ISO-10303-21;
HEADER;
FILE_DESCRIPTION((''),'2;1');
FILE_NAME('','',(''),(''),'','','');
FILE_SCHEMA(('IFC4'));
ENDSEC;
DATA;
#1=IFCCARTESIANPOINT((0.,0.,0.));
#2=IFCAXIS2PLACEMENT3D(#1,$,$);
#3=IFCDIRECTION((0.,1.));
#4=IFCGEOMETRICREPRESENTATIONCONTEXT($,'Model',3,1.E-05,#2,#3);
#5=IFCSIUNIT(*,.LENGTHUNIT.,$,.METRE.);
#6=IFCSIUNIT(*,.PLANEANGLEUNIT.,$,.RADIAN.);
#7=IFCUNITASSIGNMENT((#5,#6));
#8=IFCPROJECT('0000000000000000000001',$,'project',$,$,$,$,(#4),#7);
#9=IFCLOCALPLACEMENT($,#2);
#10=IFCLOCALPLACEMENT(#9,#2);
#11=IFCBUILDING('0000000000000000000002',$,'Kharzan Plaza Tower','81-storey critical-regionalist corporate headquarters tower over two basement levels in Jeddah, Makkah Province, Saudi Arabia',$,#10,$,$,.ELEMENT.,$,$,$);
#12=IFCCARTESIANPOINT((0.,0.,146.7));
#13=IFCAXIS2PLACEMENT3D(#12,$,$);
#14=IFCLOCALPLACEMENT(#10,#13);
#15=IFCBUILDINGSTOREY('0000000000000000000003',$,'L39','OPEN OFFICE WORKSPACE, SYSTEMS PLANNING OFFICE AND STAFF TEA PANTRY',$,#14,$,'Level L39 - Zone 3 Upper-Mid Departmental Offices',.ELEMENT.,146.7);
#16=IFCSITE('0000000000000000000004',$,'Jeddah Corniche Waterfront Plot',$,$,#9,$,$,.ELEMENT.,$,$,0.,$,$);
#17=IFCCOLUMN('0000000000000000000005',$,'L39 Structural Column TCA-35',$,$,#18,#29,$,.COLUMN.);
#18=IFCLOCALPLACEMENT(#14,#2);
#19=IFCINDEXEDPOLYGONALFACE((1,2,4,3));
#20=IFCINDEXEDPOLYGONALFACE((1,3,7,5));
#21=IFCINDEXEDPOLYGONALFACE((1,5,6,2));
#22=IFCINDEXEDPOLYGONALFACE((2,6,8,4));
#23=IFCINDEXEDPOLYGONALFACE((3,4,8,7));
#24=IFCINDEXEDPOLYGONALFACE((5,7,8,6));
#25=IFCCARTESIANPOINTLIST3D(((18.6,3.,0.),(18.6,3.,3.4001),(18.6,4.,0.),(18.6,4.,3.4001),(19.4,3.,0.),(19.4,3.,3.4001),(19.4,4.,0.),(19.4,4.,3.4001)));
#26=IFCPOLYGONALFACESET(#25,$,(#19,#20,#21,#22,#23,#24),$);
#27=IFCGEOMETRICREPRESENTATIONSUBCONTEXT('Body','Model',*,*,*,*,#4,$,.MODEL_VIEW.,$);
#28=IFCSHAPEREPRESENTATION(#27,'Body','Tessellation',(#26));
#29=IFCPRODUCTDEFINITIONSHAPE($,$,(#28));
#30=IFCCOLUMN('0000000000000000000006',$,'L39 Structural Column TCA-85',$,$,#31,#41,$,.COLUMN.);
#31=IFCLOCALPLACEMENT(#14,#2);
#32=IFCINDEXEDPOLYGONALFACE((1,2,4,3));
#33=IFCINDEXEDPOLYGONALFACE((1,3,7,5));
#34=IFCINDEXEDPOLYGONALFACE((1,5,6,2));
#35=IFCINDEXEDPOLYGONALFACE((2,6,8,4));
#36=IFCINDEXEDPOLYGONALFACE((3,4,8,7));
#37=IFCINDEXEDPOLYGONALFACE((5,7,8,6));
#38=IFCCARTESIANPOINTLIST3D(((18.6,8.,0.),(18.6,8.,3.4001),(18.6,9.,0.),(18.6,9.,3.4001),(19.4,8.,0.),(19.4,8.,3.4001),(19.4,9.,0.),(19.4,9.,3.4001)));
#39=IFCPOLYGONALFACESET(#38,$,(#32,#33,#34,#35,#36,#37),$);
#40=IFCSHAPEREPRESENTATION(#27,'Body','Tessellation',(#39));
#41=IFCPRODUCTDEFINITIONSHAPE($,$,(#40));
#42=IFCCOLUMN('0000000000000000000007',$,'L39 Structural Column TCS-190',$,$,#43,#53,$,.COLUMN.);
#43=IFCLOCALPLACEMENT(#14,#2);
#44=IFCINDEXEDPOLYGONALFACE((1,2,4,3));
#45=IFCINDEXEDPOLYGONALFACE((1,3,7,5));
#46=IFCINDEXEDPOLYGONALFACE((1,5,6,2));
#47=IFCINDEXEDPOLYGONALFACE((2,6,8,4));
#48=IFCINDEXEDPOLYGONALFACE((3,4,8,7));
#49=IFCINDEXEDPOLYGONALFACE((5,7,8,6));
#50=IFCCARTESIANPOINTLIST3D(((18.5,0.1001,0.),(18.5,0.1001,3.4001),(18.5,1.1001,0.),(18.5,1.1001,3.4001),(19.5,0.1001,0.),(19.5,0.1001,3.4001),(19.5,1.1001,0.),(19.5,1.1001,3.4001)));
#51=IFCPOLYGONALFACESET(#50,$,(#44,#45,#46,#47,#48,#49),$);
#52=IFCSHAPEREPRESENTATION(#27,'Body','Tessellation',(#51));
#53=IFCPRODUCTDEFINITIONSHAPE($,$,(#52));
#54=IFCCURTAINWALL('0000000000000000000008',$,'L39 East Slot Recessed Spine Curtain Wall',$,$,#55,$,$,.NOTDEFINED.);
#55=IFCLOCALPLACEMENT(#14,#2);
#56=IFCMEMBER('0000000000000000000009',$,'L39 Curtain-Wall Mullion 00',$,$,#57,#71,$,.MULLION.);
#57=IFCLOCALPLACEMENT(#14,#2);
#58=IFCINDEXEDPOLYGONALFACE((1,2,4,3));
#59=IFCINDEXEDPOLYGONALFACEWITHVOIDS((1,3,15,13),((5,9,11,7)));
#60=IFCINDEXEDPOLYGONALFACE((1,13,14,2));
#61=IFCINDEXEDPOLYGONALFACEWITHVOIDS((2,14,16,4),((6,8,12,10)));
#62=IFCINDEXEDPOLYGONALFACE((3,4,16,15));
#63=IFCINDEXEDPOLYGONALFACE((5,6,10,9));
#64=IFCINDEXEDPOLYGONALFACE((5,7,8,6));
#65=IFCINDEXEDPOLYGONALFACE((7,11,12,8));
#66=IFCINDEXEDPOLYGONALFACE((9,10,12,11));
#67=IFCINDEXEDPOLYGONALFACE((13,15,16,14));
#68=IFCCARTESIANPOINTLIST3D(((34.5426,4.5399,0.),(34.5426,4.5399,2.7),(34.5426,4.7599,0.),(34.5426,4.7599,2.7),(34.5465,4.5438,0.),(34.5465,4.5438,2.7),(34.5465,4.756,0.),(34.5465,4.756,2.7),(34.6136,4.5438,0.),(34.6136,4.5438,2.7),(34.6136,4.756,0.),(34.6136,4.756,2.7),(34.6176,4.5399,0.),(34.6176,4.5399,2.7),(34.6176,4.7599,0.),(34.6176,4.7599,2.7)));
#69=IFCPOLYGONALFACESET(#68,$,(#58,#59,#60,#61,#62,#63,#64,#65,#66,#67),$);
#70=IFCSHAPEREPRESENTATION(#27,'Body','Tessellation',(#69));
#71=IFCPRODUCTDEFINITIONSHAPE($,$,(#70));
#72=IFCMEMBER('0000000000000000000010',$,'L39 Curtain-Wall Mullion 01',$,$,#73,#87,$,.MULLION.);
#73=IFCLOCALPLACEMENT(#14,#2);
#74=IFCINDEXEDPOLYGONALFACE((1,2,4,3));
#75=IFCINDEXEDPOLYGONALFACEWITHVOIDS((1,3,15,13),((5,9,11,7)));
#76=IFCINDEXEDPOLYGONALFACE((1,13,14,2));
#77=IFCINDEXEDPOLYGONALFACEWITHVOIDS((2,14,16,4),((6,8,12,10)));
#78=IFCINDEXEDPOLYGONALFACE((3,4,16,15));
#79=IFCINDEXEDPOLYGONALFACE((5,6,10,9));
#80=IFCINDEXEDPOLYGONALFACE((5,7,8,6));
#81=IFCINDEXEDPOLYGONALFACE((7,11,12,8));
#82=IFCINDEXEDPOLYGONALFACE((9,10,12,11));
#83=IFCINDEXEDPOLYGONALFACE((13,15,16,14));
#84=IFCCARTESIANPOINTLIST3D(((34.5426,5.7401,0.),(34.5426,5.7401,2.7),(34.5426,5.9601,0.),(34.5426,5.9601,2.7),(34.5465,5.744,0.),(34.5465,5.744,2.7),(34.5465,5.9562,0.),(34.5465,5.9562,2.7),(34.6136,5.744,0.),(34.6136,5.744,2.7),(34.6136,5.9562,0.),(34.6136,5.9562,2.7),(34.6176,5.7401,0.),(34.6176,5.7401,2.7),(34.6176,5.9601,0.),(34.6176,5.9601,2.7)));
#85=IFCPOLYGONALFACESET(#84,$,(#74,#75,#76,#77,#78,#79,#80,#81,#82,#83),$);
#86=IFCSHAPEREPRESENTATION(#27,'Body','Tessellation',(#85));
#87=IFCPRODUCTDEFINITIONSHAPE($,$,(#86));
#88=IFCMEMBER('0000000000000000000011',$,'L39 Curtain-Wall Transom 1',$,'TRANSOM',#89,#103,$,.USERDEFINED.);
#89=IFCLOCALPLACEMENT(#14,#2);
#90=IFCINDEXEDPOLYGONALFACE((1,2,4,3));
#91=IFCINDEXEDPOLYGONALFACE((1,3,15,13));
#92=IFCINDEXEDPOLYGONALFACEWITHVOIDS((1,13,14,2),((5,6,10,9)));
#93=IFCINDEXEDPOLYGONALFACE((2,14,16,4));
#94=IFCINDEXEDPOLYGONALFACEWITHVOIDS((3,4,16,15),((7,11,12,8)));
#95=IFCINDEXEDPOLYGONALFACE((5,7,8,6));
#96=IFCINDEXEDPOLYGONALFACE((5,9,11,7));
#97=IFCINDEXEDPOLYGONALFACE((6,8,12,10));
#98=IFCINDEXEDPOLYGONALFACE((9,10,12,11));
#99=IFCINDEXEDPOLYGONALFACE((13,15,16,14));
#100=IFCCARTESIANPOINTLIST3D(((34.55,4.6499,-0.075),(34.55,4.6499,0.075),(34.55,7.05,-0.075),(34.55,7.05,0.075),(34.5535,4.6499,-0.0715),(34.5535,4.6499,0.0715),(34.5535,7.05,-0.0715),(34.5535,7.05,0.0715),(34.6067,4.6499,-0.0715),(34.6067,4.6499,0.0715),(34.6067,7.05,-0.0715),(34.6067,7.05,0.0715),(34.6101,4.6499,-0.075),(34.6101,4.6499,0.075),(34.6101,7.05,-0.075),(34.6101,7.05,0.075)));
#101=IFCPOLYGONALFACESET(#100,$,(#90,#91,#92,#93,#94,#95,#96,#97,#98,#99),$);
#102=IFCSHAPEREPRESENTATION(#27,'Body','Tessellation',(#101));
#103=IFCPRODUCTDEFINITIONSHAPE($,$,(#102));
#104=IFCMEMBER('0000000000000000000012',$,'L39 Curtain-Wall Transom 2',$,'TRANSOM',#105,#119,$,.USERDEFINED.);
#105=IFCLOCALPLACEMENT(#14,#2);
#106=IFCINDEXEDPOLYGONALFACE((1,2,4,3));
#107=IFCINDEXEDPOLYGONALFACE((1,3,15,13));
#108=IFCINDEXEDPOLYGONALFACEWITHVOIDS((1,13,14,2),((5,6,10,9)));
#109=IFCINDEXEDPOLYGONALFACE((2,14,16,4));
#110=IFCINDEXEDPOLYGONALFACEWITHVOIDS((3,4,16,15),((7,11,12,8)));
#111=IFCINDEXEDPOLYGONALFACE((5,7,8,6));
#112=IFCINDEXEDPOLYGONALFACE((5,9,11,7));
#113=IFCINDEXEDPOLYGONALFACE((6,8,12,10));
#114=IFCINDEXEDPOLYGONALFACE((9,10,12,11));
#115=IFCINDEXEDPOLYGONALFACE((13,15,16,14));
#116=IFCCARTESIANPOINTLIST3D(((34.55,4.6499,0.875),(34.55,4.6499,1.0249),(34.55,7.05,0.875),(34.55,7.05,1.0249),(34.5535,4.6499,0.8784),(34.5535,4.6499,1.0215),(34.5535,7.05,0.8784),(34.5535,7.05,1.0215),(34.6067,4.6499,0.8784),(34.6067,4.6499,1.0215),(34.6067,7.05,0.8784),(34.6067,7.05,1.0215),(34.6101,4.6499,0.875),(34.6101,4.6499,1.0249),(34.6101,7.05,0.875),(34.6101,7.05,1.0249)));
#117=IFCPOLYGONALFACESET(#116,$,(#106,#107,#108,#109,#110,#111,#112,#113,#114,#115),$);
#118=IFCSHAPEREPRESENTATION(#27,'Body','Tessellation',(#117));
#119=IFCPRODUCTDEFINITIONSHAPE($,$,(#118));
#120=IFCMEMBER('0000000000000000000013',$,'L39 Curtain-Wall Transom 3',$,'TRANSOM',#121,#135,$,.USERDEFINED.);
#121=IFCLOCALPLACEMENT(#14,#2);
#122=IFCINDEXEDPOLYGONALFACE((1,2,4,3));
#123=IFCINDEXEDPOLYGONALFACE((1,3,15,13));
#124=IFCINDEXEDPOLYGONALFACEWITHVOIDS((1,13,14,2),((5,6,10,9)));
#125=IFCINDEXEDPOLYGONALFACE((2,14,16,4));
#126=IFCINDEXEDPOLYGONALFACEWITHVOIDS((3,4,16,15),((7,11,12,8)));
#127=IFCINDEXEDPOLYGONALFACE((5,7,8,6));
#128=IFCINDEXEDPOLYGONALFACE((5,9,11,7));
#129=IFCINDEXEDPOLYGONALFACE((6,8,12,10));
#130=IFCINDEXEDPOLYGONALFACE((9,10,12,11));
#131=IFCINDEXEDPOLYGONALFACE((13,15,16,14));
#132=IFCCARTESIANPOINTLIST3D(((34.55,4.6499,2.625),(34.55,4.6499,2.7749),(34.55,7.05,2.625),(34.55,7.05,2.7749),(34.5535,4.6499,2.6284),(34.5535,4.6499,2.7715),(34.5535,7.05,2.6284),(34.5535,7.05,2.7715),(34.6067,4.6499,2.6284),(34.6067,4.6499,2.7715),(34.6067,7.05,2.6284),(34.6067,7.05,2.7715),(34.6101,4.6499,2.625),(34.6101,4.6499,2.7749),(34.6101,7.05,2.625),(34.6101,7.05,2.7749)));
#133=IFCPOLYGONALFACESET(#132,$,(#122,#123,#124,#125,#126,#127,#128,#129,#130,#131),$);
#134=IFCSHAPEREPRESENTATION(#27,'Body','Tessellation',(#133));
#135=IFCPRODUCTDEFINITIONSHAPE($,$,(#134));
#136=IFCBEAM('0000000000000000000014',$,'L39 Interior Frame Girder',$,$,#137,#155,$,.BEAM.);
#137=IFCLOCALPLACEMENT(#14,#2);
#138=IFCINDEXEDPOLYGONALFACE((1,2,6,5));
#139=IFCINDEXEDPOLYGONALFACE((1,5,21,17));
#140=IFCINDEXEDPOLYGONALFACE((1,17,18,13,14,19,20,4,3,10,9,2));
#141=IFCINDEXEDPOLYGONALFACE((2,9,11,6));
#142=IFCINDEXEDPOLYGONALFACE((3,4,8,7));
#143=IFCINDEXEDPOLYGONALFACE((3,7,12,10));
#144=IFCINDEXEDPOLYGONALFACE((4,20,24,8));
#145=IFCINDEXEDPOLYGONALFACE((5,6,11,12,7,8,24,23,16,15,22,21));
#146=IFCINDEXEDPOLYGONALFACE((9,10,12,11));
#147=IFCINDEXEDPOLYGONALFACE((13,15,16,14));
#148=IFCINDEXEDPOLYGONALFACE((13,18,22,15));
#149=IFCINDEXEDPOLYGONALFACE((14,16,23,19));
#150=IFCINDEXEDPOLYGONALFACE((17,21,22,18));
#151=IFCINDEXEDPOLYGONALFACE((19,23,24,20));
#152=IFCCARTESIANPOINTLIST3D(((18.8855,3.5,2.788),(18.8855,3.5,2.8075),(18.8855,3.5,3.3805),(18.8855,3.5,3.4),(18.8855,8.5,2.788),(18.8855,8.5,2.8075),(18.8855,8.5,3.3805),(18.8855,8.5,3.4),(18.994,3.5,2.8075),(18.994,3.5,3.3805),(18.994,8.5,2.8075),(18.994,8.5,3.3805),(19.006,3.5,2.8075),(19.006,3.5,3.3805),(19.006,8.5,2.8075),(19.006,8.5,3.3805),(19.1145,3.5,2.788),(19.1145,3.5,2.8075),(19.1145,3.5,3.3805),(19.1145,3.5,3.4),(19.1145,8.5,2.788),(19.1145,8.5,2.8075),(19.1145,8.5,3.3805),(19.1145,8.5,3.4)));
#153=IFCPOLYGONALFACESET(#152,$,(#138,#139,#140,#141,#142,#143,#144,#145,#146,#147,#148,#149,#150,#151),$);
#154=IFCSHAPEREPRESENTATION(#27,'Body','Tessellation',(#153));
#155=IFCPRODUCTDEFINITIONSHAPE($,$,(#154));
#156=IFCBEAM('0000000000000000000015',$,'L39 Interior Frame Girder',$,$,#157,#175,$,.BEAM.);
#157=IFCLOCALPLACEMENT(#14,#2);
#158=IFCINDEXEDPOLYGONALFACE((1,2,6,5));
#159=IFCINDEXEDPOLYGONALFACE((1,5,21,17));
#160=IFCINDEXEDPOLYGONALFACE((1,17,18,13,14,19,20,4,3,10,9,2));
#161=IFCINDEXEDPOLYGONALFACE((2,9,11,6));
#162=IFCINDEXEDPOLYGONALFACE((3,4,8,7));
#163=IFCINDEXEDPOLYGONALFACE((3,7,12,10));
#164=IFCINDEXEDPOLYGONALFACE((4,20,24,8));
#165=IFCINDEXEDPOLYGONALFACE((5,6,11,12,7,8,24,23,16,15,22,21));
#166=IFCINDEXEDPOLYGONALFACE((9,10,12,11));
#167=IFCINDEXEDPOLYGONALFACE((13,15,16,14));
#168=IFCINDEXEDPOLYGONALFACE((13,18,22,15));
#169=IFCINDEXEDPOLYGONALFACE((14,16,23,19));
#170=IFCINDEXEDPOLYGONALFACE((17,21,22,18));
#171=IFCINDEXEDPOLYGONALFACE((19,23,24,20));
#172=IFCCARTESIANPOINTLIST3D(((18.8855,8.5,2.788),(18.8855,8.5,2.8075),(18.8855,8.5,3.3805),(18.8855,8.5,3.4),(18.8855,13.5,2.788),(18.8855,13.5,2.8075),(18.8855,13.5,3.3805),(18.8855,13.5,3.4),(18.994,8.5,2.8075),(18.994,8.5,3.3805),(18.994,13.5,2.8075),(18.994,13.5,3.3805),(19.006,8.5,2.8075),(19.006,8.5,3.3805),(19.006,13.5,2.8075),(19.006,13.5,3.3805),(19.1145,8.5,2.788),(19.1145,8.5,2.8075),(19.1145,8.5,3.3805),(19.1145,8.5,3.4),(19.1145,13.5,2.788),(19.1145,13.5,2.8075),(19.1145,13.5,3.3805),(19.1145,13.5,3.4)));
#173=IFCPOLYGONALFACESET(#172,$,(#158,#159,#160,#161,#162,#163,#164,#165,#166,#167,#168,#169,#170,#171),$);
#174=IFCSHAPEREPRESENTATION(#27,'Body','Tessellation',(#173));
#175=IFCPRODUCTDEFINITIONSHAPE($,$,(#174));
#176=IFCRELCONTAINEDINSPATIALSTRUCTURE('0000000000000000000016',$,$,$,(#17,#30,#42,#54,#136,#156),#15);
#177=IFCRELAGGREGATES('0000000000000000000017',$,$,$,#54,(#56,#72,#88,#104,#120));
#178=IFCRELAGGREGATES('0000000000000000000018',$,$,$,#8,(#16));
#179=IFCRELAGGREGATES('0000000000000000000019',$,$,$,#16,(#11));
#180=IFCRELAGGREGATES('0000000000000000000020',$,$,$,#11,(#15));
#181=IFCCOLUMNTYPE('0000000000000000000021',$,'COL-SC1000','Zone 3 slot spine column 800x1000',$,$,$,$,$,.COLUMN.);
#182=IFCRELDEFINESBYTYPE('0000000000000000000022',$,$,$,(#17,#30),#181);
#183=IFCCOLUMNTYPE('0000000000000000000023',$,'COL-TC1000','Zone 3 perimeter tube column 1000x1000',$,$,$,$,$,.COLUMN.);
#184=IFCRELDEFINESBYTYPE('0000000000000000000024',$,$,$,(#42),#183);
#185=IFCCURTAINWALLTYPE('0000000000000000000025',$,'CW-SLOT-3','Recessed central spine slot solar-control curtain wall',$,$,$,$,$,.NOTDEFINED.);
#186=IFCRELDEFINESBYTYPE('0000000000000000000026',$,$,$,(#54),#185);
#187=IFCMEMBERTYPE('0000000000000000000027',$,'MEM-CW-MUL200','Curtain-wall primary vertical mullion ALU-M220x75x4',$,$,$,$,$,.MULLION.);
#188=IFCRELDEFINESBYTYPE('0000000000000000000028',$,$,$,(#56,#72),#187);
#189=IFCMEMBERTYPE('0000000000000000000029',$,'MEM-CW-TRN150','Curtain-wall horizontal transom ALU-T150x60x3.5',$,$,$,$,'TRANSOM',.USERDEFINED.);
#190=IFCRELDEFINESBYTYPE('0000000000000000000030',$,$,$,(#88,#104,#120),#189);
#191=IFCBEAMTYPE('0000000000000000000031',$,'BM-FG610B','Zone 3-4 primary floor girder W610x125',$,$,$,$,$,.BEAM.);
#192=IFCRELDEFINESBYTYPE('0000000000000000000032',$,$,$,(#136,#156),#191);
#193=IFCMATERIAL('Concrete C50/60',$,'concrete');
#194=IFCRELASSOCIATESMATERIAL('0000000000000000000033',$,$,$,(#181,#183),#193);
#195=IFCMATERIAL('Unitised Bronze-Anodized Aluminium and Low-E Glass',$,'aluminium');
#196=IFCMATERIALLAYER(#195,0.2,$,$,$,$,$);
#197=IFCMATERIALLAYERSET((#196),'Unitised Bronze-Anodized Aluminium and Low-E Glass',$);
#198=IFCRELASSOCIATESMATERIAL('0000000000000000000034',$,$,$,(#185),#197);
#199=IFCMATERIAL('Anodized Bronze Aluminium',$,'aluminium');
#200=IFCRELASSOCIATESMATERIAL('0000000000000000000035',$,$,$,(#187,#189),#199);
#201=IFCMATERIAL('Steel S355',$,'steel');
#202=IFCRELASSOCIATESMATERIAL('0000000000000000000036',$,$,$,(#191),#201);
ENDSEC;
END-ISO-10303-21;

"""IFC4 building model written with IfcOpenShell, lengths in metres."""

from ifc_helpers import new_model, si_unit, direction, frame, origin, origin_2d, place, context, subcontext, project, spatial, rectangle, hollow_rectangle, i_section, extrude, source, transform, mapped, material, layer, layer_set, material_profile, profile_set, type_object, element, aggregate, save


model = new_model("IFC4")

# Units and contexts
model_context = context("Model", 3, precision=1e-05, world=origin(), true_north=direction((0.0, 1.0)))
body_context = subcontext(model_context, "Body", "Model", "MODEL_VIEW")
ifc_project = project(units=[si_unit("LENGTHUNIT", "METRE"), si_unit("PLANEANGLEUNIT", "RADIAN")], contexts=[model_context])

# Site, building, storey
site_placement = place(None, origin())
site = spatial("IfcSite", under=ifc_project, at=site_placement, Name="Jeddah Corniche Waterfront Plot", CompositionType="ELEMENT", RefElevation=0.0)
building_placement = place(site_placement, origin())
building = spatial("IfcBuilding", under=site, at=building_placement, Name="Kharzan Plaza Tower", Description="81-storey critical-regionalist corporate headquarters tower over two basement levels in Jeddah, Makkah Province, Saudi Arabia", CompositionType="ELEMENT")
storey_placement = place(building_placement, frame((0.0, 0.0, 146.7)))
storey = spatial("IfcBuildingStorey", under=building, at=storey_placement, Name="L39", Description="OPEN OFFICE WORKSPACE, SYSTEMS PLANNING OFFICE AND STAFF TEA PANTRY", LongName="Level L39 - Zone 3 Upper-Mid Departmental Offices", CompositionType="ELEMENT", Elevation=146.7)

# Columns
ifc_material_1 = material(Name="Concrete C50/60", Category="concrete")
ifc_material_profile_1 = material_profile(ifc_material_1, rectangle(XDim=0.8, YDim=1.0, at=origin_2d()), Name="RC-SC1000x800")
ifc_profile_set_1 = profile_set([ifc_material_profile_1], Name="Concrete C50/60")
column_type_1 = type_object("IfcColumnType", Name="COL-SC1000", Description="Zone 3 slot spine column 800x1000", PredefinedType="COLUMN", material=ifc_profile_set_1)
shared_shape_1 = source(origin(), body_context, "Body", "SweptSolid", [
    extrude(rectangle(XDim=0.8, YDim=1.0, at=origin_2d()), origin(), (0.0, 0.0, 1.0), 3.4001),
])
for number, where, z_axis, x_axis, name in (
    (1, (19.0, 3.5, 0.0), (0.0, 0.0, 1.0), (1.0, 0.0, 0.0), "L39 Structural Column TCA-35"),
    (2, (19.0, 8.5, 0.0), (0.0, 0.0, 1.0), (1.0, 0.0, 0.0), "L39 Structural Column TCA-85"),
):
    element("IfcColumn", number, at=place(storey_placement, frame(where, z_axis=z_axis, x_axis=x_axis)), inside=storey, type_object=column_type_1, Name=name, PredefinedType="COLUMN", context=body_context, shape_type="MappedRepresentation", body=[
        mapped(shared_shape_1, transform((0.0, 0.0, 0.0), x_axis=(1.0, 0.0, 0.0), y_axis=(0.0, 1.0, 0.0), z_axis=(0.0, 0.0, 1.0))),
    ])
ifc_material_profile_2 = material_profile(ifc_material_1, rectangle(XDim=1.0, YDim=1.0, at=origin_2d()), Name="RC-TC1000x1000")
ifc_profile_set_2 = profile_set([ifc_material_profile_2], Name="Concrete C50/60")
column_type_2 = type_object("IfcColumnType", Name="COL-TC1000", Description="Zone 3 perimeter tube column 1000x1000", PredefinedType="COLUMN", material=ifc_profile_set_2)
shared_shape_2 = source(origin(), body_context, "Body", "SweptSolid", [
    extrude(rectangle(XDim=1.0, YDim=1.0, at=origin_2d()), origin(), (0.0, 0.0, 1.0), 3.4001),
])
column_placement = place(storey_placement, frame((19.0, 0.6001, 0.0), z_axis=(0.0, 0.0, 1.0), x_axis=(1.0, 0.0, 0.0)))
element("IfcColumn", 3, at=column_placement, inside=storey, type_object=column_type_2, Name="L39 Structural Column TCS-190", PredefinedType="COLUMN", context=body_context, shape_type="MappedRepresentation", body=[
    mapped(shared_shape_2, transform((0.0, 0.0, 0.0), x_axis=(1.0, 0.0, 0.0), y_axis=(0.0, 1.0, 0.0), z_axis=(0.0, 0.0, 1.0))),
])

# Curtain wall, members
ifc_material_2 = material(Name="Unitised Bronze-Anodized Aluminium and Low-E Glass", Category="aluminium")
ifc_layer_1 = layer(ifc_material_2, 0.2)
ifc_layer_set_1 = layer_set([ifc_layer_1], Name="Unitised Bronze-Anodized Aluminium and Low-E Glass")
curtain_wall_type = type_object("IfcCurtainWallType", Name="CW-SLOT-3", Description="Recessed central spine slot solar-control curtain wall", PredefinedType="NOTDEFINED", material=ifc_layer_set_1)
curtain_wall_placement = place(storey_placement, origin())
curtain_wall = element("IfcCurtainWall", 4, at=curtain_wall_placement, inside=storey, type_object=curtain_wall_type, Name="L39 East Slot Recessed Spine Curtain Wall", PredefinedType="NOTDEFINED")
ifc_material_3 = material(Name="Anodized Bronze Aluminium", Category="aluminium")
ifc_material_profile_3 = material_profile(ifc_material_3, hollow_rectangle(XDim=0.075, YDim=0.22, WallThickness=0.0039, at=origin_2d()), Name="ALU-M220x75x4")
ifc_profile_set_3 = profile_set([ifc_material_profile_3], Name="Anodized Bronze Aluminium")
member_type_1 = type_object("IfcMemberType", Name="MEM-CW-MUL200", Description="Curtain-wall primary vertical mullion ALU-M220x75x4", PredefinedType="MULLION", material=ifc_profile_set_3)
shared_shape_3 = source(origin(), body_context, "Body", "SweptSolid", [
    extrude(hollow_rectangle(XDim=0.075, YDim=0.22, WallThickness=0.0039, at=origin_2d()), origin(), (0.0, 0.0, 1.0), 2.7),
])
member_1_placement = place(storey_placement, frame((34.5801, 4.6499, 0.0), z_axis=(0.0, 0.0, 1.0), x_axis=(1.0, 0.0, 0.0)))
member_1 = element("IfcMember", 5, at=member_1_placement, type_object=member_type_1, Name="L39 Curtain-Wall Mullion 00", PredefinedType="MULLION", context=body_context, shape_type="MappedRepresentation", body=[
    mapped(shared_shape_3, transform((0.0, 0.0, 0.0), x_axis=(1.0, 0.0, 0.0), y_axis=(0.0, 1.0, 0.0), z_axis=(0.0, 0.0, 1.0))),
])
member_2_placement = place(storey_placement, frame((34.5801, 5.8501, 0.0), z_axis=(0.0, 0.0, 1.0), x_axis=(1.0, 0.0, 0.0)))
member_2 = element("IfcMember", 6, at=member_2_placement, type_object=member_type_1, Name="L39 Curtain-Wall Mullion 01", PredefinedType="MULLION", context=body_context, shape_type="MappedRepresentation", body=[
    mapped(shared_shape_3, transform((0.0, 0.0, 0.0), x_axis=(1.0, 0.0, 0.0), y_axis=(0.0, 1.0, 0.0), z_axis=(0.0, 0.0, 1.0))),
])
ifc_material_profile_4 = material_profile(ifc_material_3, hollow_rectangle(XDim=0.0601, YDim=0.1499, WallThickness=0.0034, at=origin_2d()), Name="ALU-T150x60x3.5")
ifc_profile_set_4 = profile_set([ifc_material_profile_4], Name="Anodized Bronze Aluminium")
member_type_2 = type_object("IfcMemberType", Name="MEM-CW-TRN150", Description="Curtain-wall horizontal transom ALU-T150x60x3.5", ElementType="TRANSOM", PredefinedType="USERDEFINED", material=ifc_profile_set_4)
shared_shape_4 = source(origin(), body_context, "Body", "SweptSolid", [
    extrude(hollow_rectangle(XDim=0.0601, YDim=0.1499, WallThickness=0.0034, at=origin_2d()), origin(), (0.0, 0.0, 1.0), 2.4001),
])
member_3_placement = place(storey_placement, frame((34.5801, 4.6499, 0.0), z_axis=(0.0, 1.0, 0.0), x_axis=(-1.0, 0.0, 0.0)))
member_3 = element("IfcMember", 7, at=member_3_placement, type_object=member_type_2, Name="L39 Curtain-Wall Transom 1", ObjectType="TRANSOM", PredefinedType="USERDEFINED", context=body_context, shape_type="MappedRepresentation", body=[
    mapped(shared_shape_4, transform((0.0, 0.0, 0.0), x_axis=(1.0, 0.0, 0.0), y_axis=(0.0, 1.0, 0.0), z_axis=(0.0, 0.0, 1.0))),
])
member_4_placement = place(storey_placement, frame((34.5801, 4.6499, 0.95), z_axis=(0.0, 1.0, 0.0), x_axis=(-1.0, 0.0, 0.0)))
member_4 = element("IfcMember", 8, at=member_4_placement, type_object=member_type_2, Name="L39 Curtain-Wall Transom 2", ObjectType="TRANSOM", PredefinedType="USERDEFINED", context=body_context, shape_type="MappedRepresentation", body=[
    mapped(shared_shape_4, transform((0.0, 0.0, 0.0), x_axis=(1.0, 0.0, 0.0), y_axis=(0.0, 1.0, 0.0), z_axis=(0.0, 0.0, 1.0))),
])
member_5_placement = place(storey_placement, frame((34.5801, 4.6499, 2.7), z_axis=(0.0, 1.0, 0.0), x_axis=(-1.0, 0.0, 0.0)))
member_5 = element("IfcMember", 9, at=member_5_placement, type_object=member_type_2, Name="L39 Curtain-Wall Transom 3", ObjectType="TRANSOM", PredefinedType="USERDEFINED", context=body_context, shape_type="MappedRepresentation", body=[
    mapped(shared_shape_4, transform((0.0, 0.0, 0.0), x_axis=(1.0, 0.0, 0.0), y_axis=(0.0, 1.0, 0.0), z_axis=(0.0, 0.0, 1.0))),
])

# Beams
ifc_material_4 = material(Name="Steel S355", Category="steel")
ifc_material_profile_5 = material_profile(ifc_material_4, i_section(OverallWidth=0.229, OverallDepth=0.6121, WebThickness=0.012, FlangeThickness=0.0195, at=origin_2d()), Name="W610x125")
ifc_profile_set_5 = profile_set([ifc_material_profile_5], Name="Steel S355")
beam_type_1 = type_object("IfcBeamType", Name="BM-FG610B", Description="Zone 3-4 primary floor girder W610x125", PredefinedType="BEAM", material=ifc_profile_set_5)
shared_shape_5 = source(origin(), body_context, "Body", "SweptSolid", [
    extrude(i_section(OverallWidth=0.229, OverallDepth=0.6121, WebThickness=0.012, FlangeThickness=0.0195, at=origin_2d()), origin(), (0.0, 0.0, 1.0), 5.0),
])
for number, where, z_axis, x_axis, name in (
    (10, (19.0, 3.5, 3.094), (0.0, 1.0, 0.0), (-1.0, 0.0, 0.0), "L39 Interior Frame Girder"),
    (11, (19.0, 8.5, 3.094), (0.0, 1.0, 0.0), (-1.0, 0.0, 0.0), "L39 Interior Frame Girder"),
):
    element("IfcBeam", number, at=place(storey_placement, frame(where, z_axis=z_axis, x_axis=x_axis)), inside=storey, type_object=beam_type_1, Name=name, PredefinedType="BEAM", context=body_context, shape_type="MappedRepresentation", body=[
        mapped(shared_shape_5, transform((0.0, 0.0, 0.0), x_axis=(1.0, 0.0, 0.0), y_axis=(0.0, 1.0, 0.0), z_axis=(0.0, 0.0, 1.0))),
    ])

aggregate(curtain_wall, [member_1, member_2, member_3, member_4, member_5])

save(model, "model.ifc")
